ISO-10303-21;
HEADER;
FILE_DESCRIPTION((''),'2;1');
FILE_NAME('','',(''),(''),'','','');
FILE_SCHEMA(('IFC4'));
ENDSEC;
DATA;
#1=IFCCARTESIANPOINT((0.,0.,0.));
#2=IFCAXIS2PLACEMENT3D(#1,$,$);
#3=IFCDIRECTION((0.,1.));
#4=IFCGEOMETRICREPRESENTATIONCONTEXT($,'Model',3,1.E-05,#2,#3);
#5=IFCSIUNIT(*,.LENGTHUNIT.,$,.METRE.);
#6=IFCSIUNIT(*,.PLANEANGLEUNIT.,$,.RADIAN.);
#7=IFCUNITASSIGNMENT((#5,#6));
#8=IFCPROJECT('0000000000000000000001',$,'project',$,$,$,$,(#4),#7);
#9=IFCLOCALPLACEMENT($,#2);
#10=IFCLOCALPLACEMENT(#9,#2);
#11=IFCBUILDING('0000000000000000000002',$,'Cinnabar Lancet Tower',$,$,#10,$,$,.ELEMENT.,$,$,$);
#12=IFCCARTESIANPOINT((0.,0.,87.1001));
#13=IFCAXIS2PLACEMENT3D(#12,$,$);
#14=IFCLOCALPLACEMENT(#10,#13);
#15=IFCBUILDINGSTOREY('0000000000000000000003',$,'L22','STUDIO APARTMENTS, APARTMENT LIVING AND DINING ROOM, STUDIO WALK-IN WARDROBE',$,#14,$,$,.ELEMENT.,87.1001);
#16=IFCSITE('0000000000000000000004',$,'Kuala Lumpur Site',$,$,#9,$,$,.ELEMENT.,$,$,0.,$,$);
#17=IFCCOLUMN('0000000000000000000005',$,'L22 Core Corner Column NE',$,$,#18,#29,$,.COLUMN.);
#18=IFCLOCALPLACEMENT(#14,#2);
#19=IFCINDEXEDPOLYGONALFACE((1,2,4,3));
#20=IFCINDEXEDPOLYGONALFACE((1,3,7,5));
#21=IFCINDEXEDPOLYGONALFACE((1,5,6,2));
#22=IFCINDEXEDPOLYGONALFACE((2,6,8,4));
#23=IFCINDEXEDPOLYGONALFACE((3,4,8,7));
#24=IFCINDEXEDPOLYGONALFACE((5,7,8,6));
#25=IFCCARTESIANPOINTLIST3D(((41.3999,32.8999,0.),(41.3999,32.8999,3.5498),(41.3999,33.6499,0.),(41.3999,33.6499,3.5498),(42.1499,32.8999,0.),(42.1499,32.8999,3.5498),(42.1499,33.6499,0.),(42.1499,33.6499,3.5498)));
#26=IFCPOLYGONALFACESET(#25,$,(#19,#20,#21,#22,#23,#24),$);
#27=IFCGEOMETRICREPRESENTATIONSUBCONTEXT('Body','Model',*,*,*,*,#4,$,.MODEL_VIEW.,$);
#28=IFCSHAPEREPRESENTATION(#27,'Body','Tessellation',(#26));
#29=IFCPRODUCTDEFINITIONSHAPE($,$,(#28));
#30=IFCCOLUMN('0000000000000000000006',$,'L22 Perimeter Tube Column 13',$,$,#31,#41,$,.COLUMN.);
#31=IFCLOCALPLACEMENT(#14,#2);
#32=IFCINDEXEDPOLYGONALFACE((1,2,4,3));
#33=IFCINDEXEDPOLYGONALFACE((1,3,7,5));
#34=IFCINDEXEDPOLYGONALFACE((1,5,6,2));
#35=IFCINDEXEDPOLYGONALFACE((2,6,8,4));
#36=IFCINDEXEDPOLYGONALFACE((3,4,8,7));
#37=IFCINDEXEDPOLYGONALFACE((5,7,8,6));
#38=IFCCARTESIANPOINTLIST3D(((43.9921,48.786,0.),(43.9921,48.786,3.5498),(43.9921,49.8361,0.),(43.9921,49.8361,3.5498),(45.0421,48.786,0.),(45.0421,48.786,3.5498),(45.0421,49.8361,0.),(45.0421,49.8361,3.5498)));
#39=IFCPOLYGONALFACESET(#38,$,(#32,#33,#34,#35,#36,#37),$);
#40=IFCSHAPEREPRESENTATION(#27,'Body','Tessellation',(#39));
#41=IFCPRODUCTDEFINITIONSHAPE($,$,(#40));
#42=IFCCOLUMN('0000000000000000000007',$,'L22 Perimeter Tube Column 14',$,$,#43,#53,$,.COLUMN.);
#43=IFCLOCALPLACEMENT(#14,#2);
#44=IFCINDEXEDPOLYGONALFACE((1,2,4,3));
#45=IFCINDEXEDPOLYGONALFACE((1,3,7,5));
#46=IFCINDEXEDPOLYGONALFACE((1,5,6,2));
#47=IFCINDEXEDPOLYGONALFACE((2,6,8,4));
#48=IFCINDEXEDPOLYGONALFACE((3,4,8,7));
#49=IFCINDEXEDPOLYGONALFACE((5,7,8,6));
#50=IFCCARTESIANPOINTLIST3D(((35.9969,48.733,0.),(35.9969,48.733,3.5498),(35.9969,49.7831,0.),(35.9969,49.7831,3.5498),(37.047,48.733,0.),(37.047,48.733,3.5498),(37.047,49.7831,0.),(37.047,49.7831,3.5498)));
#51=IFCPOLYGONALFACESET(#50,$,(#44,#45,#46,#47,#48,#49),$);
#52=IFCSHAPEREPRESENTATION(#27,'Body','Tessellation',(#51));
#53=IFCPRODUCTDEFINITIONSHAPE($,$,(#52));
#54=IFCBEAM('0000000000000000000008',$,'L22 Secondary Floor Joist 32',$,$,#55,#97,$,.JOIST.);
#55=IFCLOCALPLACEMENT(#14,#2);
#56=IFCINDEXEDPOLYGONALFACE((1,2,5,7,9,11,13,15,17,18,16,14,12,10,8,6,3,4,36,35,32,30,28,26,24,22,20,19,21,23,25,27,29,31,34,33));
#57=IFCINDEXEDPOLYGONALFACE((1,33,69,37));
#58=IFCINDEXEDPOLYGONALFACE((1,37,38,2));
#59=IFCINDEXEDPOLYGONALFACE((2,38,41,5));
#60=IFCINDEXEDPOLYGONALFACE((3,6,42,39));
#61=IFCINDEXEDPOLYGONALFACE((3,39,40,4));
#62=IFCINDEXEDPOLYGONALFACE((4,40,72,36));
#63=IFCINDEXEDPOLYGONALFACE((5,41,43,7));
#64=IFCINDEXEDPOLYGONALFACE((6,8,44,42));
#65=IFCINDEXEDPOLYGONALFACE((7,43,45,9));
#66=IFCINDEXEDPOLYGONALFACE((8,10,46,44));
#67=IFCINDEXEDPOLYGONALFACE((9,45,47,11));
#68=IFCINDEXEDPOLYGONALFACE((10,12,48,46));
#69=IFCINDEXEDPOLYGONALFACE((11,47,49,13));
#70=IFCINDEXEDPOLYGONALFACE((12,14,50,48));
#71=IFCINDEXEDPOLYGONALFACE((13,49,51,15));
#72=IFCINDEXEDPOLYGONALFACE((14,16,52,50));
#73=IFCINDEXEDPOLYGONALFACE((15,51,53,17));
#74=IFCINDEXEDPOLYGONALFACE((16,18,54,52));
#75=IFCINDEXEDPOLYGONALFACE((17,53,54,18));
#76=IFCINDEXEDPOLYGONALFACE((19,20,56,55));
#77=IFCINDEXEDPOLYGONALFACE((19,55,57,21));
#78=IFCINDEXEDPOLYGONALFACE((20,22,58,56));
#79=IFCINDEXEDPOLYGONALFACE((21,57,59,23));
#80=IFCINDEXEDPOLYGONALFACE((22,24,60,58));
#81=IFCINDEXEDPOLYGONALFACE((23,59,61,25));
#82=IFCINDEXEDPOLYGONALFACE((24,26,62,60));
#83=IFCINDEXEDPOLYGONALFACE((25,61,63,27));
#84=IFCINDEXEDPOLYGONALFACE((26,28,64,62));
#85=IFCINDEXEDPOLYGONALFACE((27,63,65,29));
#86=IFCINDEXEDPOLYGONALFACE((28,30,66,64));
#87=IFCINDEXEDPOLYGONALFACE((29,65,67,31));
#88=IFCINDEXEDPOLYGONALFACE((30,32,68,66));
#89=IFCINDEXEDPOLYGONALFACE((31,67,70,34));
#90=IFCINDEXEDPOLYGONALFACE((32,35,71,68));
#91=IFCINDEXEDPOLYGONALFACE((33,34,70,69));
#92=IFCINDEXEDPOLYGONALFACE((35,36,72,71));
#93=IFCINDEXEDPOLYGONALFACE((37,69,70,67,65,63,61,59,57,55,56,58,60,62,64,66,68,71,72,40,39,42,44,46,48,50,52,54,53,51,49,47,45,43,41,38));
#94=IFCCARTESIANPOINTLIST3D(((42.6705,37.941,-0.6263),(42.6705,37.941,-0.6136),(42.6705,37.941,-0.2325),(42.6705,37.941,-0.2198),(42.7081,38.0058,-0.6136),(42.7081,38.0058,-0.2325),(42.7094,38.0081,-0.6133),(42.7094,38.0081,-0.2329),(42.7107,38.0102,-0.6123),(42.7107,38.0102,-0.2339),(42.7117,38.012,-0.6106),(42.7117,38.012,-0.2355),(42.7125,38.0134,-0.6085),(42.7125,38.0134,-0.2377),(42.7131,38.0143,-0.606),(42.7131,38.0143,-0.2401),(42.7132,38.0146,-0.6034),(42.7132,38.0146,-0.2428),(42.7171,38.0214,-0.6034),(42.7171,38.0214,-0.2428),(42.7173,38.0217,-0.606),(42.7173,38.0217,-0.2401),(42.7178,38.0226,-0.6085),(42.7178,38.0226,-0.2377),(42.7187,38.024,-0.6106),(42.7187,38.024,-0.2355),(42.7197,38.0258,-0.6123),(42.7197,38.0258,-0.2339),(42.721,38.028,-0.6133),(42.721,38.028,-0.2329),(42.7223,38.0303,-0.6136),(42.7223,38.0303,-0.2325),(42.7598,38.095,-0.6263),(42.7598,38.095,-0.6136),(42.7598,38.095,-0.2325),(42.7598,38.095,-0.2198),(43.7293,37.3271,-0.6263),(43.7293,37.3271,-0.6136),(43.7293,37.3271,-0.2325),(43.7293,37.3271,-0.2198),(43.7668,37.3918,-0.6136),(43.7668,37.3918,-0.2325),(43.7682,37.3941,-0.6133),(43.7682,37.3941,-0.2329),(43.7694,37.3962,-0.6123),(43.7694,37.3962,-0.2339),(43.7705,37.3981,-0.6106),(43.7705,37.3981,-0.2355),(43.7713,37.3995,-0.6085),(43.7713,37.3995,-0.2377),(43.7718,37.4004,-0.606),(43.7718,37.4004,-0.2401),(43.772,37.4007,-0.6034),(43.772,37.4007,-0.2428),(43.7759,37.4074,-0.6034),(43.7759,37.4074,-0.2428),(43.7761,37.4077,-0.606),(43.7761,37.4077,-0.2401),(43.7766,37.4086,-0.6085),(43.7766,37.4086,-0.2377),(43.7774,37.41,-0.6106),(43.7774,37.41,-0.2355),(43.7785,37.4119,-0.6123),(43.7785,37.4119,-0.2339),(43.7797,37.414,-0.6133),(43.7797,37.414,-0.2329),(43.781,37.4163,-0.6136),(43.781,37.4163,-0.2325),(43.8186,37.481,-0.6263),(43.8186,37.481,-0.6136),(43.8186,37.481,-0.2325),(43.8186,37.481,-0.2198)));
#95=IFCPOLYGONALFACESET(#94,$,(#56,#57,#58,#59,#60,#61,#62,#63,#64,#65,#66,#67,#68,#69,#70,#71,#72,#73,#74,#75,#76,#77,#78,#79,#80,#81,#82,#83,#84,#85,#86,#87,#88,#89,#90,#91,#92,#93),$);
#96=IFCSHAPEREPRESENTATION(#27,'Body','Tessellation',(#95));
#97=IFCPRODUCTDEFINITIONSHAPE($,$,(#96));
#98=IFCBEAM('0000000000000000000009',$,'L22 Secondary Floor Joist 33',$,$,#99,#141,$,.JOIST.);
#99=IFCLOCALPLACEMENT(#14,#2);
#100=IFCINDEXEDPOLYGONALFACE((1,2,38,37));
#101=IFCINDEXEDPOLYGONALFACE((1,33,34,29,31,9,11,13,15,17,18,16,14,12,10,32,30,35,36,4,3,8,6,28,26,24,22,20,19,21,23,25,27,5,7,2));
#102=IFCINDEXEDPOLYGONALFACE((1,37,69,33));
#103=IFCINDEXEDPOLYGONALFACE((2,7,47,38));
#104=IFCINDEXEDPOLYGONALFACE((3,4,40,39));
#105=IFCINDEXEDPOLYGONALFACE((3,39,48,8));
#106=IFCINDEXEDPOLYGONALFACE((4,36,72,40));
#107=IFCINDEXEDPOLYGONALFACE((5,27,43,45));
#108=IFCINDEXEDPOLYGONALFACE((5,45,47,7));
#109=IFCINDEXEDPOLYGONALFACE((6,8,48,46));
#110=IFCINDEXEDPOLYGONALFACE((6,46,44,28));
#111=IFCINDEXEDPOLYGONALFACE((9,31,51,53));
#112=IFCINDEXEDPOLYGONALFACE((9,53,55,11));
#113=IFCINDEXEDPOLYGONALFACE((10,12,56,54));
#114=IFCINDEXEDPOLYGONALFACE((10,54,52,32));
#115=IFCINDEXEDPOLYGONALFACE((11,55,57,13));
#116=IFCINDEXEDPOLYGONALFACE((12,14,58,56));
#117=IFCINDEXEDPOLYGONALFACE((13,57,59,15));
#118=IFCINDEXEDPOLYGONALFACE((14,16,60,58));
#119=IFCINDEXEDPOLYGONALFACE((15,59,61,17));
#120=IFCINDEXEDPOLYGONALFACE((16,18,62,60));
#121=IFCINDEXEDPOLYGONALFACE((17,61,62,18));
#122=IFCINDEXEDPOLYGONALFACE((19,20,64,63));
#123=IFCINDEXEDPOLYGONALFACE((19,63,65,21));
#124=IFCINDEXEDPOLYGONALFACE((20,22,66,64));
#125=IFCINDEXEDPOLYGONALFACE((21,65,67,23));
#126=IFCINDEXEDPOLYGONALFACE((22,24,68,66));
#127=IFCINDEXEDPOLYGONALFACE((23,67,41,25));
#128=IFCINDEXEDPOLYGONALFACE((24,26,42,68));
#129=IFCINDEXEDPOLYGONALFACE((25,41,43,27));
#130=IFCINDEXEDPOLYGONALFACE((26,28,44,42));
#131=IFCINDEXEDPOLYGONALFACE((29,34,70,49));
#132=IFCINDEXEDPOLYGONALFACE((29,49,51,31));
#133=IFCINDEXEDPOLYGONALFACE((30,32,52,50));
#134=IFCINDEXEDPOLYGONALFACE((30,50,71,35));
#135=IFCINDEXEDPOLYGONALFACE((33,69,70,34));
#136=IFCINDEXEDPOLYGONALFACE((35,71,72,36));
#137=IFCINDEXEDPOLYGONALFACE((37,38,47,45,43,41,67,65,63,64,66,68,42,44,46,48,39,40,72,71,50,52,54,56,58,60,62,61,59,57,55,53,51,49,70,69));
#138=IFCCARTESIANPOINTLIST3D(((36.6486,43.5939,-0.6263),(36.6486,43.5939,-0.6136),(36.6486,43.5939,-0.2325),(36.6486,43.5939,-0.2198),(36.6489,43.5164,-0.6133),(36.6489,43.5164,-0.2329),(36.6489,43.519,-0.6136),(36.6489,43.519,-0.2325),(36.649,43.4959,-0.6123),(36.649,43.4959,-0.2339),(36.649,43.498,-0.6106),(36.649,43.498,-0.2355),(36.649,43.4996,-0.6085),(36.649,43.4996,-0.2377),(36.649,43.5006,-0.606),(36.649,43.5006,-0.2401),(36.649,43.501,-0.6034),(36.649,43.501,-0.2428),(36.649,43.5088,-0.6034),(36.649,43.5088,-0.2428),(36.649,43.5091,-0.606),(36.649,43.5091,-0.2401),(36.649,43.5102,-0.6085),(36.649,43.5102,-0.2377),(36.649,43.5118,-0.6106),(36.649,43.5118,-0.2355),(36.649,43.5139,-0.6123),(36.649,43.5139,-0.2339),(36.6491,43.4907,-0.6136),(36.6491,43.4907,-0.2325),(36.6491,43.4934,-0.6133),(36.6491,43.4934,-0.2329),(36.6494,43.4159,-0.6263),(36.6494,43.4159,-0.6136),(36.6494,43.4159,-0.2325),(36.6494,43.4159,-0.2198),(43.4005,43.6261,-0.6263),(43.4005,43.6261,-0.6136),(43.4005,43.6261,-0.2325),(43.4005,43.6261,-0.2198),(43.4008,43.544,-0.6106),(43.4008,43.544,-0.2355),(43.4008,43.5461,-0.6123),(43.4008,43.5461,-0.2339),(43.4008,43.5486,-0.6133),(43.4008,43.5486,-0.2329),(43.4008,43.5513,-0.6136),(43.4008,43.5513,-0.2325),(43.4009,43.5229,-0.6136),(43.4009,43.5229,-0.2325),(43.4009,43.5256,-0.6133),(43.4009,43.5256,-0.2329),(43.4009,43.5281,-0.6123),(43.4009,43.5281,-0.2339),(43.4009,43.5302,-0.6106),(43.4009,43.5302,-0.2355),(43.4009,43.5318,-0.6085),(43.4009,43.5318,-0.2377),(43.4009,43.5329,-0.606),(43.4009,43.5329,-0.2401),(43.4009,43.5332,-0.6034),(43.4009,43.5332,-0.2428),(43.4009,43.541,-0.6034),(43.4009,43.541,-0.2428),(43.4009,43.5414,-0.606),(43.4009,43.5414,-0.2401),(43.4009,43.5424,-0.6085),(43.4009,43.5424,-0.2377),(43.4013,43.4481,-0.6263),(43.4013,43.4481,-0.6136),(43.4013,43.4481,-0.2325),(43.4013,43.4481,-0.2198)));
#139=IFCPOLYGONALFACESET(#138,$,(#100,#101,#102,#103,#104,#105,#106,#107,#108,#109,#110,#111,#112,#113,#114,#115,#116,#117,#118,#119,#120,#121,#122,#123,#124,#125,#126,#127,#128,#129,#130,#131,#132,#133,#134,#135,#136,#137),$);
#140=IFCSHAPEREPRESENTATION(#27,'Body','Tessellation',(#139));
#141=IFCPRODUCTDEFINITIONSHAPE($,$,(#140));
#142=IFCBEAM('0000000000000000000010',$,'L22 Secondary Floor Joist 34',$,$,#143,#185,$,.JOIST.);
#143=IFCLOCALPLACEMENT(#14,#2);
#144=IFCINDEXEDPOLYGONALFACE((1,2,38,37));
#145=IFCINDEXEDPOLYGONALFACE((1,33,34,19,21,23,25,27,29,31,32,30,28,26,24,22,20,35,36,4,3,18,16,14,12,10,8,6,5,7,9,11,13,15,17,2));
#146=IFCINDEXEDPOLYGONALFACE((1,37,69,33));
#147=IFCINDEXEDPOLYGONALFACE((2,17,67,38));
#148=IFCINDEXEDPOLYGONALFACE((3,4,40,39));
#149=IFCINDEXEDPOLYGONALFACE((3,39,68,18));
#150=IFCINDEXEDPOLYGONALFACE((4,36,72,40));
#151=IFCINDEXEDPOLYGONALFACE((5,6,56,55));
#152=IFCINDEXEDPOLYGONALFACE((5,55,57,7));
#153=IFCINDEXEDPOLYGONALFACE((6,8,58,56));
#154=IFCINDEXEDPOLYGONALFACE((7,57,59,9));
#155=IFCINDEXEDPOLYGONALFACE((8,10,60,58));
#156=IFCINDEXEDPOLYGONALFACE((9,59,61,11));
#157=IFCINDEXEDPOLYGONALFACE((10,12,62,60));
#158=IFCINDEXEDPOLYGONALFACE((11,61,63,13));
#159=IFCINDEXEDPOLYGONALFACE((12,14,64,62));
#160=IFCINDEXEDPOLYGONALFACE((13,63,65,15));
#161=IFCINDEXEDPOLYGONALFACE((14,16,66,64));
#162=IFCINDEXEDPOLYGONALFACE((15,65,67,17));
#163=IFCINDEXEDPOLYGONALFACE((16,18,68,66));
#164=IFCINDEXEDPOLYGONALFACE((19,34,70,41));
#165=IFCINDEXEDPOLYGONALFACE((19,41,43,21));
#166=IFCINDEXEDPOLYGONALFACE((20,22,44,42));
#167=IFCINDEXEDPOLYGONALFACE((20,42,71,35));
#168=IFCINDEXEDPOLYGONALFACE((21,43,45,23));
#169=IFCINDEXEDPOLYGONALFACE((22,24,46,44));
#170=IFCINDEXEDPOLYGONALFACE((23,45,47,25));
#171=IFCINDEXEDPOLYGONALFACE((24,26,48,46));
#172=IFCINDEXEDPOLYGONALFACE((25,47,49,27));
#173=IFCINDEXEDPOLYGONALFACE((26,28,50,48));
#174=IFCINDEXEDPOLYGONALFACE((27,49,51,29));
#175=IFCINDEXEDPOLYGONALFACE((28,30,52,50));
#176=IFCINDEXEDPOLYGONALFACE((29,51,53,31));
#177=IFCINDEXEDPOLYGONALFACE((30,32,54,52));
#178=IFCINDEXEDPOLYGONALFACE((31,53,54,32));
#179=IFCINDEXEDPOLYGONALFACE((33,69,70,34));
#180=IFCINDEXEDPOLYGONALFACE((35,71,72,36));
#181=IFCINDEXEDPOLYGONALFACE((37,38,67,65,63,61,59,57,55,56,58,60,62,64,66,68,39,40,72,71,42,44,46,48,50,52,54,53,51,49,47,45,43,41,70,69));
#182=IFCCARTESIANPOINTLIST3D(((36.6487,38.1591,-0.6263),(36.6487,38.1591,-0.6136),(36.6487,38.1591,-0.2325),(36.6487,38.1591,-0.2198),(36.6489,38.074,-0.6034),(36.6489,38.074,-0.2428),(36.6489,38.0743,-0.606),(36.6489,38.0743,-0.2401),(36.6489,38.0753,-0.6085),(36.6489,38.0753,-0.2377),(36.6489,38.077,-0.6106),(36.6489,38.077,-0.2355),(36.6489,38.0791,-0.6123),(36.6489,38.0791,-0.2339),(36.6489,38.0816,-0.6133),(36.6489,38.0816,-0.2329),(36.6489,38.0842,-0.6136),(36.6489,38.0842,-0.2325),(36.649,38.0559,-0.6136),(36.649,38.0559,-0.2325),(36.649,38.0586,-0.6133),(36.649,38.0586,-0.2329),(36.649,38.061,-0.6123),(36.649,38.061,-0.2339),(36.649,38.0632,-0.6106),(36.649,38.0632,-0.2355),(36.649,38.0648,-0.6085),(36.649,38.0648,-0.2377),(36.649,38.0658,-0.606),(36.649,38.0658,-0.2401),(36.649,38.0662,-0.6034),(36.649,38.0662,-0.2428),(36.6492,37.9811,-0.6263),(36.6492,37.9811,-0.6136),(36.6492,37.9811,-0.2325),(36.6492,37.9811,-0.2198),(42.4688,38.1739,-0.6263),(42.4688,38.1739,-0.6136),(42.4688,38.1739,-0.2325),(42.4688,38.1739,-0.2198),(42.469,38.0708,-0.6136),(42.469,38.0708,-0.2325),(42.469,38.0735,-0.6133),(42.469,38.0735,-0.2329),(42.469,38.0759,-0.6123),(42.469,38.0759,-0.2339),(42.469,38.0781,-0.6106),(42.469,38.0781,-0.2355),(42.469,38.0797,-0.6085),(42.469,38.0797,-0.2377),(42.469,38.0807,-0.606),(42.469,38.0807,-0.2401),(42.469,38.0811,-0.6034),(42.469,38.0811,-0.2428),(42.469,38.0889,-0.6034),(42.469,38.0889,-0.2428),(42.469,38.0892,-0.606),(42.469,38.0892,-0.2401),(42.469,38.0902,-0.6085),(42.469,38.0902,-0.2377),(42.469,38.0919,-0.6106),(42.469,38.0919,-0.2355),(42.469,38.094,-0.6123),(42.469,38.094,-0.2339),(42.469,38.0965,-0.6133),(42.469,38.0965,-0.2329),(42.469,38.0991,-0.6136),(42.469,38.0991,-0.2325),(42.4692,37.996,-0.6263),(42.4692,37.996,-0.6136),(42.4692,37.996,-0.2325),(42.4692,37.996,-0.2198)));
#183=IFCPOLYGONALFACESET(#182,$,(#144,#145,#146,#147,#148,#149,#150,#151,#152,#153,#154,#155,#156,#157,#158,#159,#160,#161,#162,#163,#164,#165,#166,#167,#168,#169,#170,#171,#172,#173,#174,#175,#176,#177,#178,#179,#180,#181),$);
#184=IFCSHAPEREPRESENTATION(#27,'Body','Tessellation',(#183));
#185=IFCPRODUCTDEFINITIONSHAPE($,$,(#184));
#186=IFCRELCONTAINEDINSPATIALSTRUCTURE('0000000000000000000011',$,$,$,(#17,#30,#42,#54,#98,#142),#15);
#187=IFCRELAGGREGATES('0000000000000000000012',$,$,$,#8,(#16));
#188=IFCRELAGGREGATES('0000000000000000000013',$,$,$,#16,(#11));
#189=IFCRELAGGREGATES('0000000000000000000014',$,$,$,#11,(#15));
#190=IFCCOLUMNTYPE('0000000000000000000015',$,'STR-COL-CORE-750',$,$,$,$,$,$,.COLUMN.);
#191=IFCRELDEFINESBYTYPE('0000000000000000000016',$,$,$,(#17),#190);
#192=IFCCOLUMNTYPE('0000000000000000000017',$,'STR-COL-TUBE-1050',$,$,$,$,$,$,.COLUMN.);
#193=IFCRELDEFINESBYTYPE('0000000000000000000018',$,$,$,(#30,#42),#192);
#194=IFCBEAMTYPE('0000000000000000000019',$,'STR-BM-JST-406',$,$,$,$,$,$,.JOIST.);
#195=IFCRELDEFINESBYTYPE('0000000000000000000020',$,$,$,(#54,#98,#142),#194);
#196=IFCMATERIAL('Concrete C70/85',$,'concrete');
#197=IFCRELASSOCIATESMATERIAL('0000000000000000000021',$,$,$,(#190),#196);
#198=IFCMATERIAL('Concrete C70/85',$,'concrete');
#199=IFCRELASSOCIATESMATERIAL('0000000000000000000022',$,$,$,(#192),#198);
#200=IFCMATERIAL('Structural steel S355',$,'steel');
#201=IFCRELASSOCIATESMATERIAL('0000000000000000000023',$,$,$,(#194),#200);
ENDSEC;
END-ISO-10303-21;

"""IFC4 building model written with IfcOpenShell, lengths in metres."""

from ifc_helpers import new_model, si_unit, direction, frame, origin, origin_2d, place, context, subcontext, project, spatial, rectangle, i_section, extrude, material, material_profile, profile_set, type_object, element, save


model = new_model("IFC4")

# Units and contexts
model_context = context("Model", 3, precision=1e-05, world=origin(), true_north=direction((0.0, 1.0)))
body_context = subcontext(model_context, "Body", "Model", "MODEL_VIEW")
ifc_project = project(units=[si_unit("LENGTHUNIT", "METRE"), si_unit("PLANEANGLEUNIT", "RADIAN")], contexts=[model_context])

# Site, building, storey
site_placement = place(None, origin())
site = spatial("IfcSite", under=ifc_project, at=site_placement, Name="Kuala Lumpur Site", CompositionType="ELEMENT", RefElevation=0.0)
building_placement = place(site_placement, origin())
building = spatial("IfcBuilding", under=site, at=building_placement, Name="Cinnabar Lancet Tower", CompositionType="ELEMENT")
storey_placement = place(building_placement, frame((0.0, 0.0, 87.1001)))
storey = spatial("IfcBuildingStorey", under=building, at=storey_placement, Name="L22", Description="STUDIO APARTMENTS, APARTMENT LIVING AND DINING ROOM, STUDIO WALK-IN WARDROBE", CompositionType="ELEMENT", Elevation=87.1001)

# Columns
ifc_material_1 = material(Name="Concrete C70/85", Category="concrete")
ifc_material_profile_1 = material_profile(ifc_material_1, rectangle(XDim=0.75, YDim=0.75, at=origin_2d()), Name="RC-COL 750x750")
ifc_profile_set_1 = profile_set([ifc_material_profile_1], Name="Concrete C70/85")
column_type_1 = type_object("IfcColumnType", Name="STR-COL-CORE-750", PredefinedType="COLUMN", material=ifc_profile_set_1)
column_placement = place(storey_placement, frame((41.7749, 33.2749, 0.0), z_axis=(0.0, 0.0, 1.0), x_axis=(1.0, 0.0, 0.0)))
element("IfcColumn", 1, at=column_placement, inside=storey, type_object=column_type_1, Name="L22 Core Corner Column NE", PredefinedType="COLUMN", context=body_context, shape_type="SweptSolid", body=[
    extrude(rectangle(XDim=0.75, YDim=0.75, at=origin_2d()), origin(), (0.0, 0.0, 1.0), 3.5498),
])
ifc_material_2 = material(Name="Concrete C70/85", Category="concrete")
ifc_material_profile_2 = material_profile(ifc_material_2, rectangle(XDim=1.05, YDim=1.05, at=origin_2d()), Name="RC-COL 1050x1050")
ifc_profile_set_2 = profile_set([ifc_material_profile_2], Name="Concrete C70/85")
column_type_2 = type_object("IfcColumnType", Name="STR-COL-TUBE-1050", PredefinedType="COLUMN", material=ifc_profile_set_2)
for number, where, z_axis, x_axis, name in (
    (2, (44.5171, 49.311, 0.0), (0.0, 0.0, 1.0), (1.0, 0.0, 0.0), "L22 Perimeter Tube Column 13"),
    (3, (36.522, 49.2581, 0.0), (0.0, 0.0, 1.0), (1.0, 0.0, 0.0), "L22 Perimeter Tube Column 14"),
):
    element("IfcColumn", number, at=place(storey_placement, frame(where, z_axis=z_axis, x_axis=x_axis)), inside=storey, type_object=column_type_2, Name=name, PredefinedType="COLUMN", context=body_context, shape_type="SweptSolid", body=[
        extrude(rectangle(XDim=1.05, YDim=1.05, at=origin_2d()), origin(), (0.0, 0.0, 1.0), 3.5498),
    ])

# Beams
ifc_material_3 = material(Name="Structural steel S355", Category="steel")
ifc_material_profile_3 = material_profile(ifc_material_3, i_section(OverallWidth=0.178, OverallDepth=0.4065, WebThickness=0.0078, FlangeThickness=0.0127, FilletRadius=0.0103, at=origin_2d()), Name="UKB 406x178x60")
ifc_profile_set_3 = profile_set([ifc_material_profile_3], Name="Structural steel S355")
beam_type_1 = type_object("IfcBeamType", Name="STR-BM-JST-406", PredefinedType="JOIST", material=ifc_profile_set_3)
beam_1_placement = place(storey_placement, frame((43.7739, 37.4041, -0.4231), z_axis=(-0.865071, 0.501649, 0.0), x_axis=(-0.501649, -0.865071, 0.0)))
element("IfcBeam", 4, at=beam_1_placement, inside=storey, type_object=beam_type_1, Name="L22 Secondary Floor Joist 32", PredefinedType="JOIST", context=body_context, shape_type="SweptSolid", body=[
    extrude(i_section(OverallWidth=0.178, OverallDepth=0.4065, WebThickness=0.0078, FlangeThickness=0.0127, FilletRadius=0.0103, at=origin_2d()), origin(), (0.0, 0.0, 1.0), 1.2239),
])
beam_2_placement = place(storey_placement, frame((43.4009, 43.5371, -0.4231), z_axis=(-0.999989, -0.004773, 0.0), x_axis=(0.004773, -0.999989, 0.0)))
element("IfcBeam", 5, at=beam_2_placement, inside=storey, type_object=beam_type_1, Name="L22 Secondary Floor Joist 33", PredefinedType="JOIST", context=body_context, shape_type="SweptSolid", body=[
    extrude(i_section(OverallWidth=0.178, OverallDepth=0.4065, WebThickness=0.0078, FlangeThickness=0.0127, FilletRadius=0.0103, at=origin_2d()), origin(), (0.0, 0.0, 1.0), 6.752),
])
beam_3_placement = place(storey_placement, frame((42.469, 38.085, -0.4231), z_axis=(-0.999997, -0.002559, 0.0), x_axis=(0.002559, -0.999997, 0.0)))
element("IfcBeam", 6, at=beam_3_placement, inside=storey, type_object=beam_type_1, Name="L22 Secondary Floor Joist 34", PredefinedType="JOIST", context=body_context, shape_type="SweptSolid", body=[
    extrude(i_section(OverallWidth=0.178, OverallDepth=0.4065, WebThickness=0.0078, FlangeThickness=0.0127, FilletRadius=0.0103, at=origin_2d()), origin(), (0.0, 0.0, 1.0), 5.8201),
])

save(model, "model.ifc")
